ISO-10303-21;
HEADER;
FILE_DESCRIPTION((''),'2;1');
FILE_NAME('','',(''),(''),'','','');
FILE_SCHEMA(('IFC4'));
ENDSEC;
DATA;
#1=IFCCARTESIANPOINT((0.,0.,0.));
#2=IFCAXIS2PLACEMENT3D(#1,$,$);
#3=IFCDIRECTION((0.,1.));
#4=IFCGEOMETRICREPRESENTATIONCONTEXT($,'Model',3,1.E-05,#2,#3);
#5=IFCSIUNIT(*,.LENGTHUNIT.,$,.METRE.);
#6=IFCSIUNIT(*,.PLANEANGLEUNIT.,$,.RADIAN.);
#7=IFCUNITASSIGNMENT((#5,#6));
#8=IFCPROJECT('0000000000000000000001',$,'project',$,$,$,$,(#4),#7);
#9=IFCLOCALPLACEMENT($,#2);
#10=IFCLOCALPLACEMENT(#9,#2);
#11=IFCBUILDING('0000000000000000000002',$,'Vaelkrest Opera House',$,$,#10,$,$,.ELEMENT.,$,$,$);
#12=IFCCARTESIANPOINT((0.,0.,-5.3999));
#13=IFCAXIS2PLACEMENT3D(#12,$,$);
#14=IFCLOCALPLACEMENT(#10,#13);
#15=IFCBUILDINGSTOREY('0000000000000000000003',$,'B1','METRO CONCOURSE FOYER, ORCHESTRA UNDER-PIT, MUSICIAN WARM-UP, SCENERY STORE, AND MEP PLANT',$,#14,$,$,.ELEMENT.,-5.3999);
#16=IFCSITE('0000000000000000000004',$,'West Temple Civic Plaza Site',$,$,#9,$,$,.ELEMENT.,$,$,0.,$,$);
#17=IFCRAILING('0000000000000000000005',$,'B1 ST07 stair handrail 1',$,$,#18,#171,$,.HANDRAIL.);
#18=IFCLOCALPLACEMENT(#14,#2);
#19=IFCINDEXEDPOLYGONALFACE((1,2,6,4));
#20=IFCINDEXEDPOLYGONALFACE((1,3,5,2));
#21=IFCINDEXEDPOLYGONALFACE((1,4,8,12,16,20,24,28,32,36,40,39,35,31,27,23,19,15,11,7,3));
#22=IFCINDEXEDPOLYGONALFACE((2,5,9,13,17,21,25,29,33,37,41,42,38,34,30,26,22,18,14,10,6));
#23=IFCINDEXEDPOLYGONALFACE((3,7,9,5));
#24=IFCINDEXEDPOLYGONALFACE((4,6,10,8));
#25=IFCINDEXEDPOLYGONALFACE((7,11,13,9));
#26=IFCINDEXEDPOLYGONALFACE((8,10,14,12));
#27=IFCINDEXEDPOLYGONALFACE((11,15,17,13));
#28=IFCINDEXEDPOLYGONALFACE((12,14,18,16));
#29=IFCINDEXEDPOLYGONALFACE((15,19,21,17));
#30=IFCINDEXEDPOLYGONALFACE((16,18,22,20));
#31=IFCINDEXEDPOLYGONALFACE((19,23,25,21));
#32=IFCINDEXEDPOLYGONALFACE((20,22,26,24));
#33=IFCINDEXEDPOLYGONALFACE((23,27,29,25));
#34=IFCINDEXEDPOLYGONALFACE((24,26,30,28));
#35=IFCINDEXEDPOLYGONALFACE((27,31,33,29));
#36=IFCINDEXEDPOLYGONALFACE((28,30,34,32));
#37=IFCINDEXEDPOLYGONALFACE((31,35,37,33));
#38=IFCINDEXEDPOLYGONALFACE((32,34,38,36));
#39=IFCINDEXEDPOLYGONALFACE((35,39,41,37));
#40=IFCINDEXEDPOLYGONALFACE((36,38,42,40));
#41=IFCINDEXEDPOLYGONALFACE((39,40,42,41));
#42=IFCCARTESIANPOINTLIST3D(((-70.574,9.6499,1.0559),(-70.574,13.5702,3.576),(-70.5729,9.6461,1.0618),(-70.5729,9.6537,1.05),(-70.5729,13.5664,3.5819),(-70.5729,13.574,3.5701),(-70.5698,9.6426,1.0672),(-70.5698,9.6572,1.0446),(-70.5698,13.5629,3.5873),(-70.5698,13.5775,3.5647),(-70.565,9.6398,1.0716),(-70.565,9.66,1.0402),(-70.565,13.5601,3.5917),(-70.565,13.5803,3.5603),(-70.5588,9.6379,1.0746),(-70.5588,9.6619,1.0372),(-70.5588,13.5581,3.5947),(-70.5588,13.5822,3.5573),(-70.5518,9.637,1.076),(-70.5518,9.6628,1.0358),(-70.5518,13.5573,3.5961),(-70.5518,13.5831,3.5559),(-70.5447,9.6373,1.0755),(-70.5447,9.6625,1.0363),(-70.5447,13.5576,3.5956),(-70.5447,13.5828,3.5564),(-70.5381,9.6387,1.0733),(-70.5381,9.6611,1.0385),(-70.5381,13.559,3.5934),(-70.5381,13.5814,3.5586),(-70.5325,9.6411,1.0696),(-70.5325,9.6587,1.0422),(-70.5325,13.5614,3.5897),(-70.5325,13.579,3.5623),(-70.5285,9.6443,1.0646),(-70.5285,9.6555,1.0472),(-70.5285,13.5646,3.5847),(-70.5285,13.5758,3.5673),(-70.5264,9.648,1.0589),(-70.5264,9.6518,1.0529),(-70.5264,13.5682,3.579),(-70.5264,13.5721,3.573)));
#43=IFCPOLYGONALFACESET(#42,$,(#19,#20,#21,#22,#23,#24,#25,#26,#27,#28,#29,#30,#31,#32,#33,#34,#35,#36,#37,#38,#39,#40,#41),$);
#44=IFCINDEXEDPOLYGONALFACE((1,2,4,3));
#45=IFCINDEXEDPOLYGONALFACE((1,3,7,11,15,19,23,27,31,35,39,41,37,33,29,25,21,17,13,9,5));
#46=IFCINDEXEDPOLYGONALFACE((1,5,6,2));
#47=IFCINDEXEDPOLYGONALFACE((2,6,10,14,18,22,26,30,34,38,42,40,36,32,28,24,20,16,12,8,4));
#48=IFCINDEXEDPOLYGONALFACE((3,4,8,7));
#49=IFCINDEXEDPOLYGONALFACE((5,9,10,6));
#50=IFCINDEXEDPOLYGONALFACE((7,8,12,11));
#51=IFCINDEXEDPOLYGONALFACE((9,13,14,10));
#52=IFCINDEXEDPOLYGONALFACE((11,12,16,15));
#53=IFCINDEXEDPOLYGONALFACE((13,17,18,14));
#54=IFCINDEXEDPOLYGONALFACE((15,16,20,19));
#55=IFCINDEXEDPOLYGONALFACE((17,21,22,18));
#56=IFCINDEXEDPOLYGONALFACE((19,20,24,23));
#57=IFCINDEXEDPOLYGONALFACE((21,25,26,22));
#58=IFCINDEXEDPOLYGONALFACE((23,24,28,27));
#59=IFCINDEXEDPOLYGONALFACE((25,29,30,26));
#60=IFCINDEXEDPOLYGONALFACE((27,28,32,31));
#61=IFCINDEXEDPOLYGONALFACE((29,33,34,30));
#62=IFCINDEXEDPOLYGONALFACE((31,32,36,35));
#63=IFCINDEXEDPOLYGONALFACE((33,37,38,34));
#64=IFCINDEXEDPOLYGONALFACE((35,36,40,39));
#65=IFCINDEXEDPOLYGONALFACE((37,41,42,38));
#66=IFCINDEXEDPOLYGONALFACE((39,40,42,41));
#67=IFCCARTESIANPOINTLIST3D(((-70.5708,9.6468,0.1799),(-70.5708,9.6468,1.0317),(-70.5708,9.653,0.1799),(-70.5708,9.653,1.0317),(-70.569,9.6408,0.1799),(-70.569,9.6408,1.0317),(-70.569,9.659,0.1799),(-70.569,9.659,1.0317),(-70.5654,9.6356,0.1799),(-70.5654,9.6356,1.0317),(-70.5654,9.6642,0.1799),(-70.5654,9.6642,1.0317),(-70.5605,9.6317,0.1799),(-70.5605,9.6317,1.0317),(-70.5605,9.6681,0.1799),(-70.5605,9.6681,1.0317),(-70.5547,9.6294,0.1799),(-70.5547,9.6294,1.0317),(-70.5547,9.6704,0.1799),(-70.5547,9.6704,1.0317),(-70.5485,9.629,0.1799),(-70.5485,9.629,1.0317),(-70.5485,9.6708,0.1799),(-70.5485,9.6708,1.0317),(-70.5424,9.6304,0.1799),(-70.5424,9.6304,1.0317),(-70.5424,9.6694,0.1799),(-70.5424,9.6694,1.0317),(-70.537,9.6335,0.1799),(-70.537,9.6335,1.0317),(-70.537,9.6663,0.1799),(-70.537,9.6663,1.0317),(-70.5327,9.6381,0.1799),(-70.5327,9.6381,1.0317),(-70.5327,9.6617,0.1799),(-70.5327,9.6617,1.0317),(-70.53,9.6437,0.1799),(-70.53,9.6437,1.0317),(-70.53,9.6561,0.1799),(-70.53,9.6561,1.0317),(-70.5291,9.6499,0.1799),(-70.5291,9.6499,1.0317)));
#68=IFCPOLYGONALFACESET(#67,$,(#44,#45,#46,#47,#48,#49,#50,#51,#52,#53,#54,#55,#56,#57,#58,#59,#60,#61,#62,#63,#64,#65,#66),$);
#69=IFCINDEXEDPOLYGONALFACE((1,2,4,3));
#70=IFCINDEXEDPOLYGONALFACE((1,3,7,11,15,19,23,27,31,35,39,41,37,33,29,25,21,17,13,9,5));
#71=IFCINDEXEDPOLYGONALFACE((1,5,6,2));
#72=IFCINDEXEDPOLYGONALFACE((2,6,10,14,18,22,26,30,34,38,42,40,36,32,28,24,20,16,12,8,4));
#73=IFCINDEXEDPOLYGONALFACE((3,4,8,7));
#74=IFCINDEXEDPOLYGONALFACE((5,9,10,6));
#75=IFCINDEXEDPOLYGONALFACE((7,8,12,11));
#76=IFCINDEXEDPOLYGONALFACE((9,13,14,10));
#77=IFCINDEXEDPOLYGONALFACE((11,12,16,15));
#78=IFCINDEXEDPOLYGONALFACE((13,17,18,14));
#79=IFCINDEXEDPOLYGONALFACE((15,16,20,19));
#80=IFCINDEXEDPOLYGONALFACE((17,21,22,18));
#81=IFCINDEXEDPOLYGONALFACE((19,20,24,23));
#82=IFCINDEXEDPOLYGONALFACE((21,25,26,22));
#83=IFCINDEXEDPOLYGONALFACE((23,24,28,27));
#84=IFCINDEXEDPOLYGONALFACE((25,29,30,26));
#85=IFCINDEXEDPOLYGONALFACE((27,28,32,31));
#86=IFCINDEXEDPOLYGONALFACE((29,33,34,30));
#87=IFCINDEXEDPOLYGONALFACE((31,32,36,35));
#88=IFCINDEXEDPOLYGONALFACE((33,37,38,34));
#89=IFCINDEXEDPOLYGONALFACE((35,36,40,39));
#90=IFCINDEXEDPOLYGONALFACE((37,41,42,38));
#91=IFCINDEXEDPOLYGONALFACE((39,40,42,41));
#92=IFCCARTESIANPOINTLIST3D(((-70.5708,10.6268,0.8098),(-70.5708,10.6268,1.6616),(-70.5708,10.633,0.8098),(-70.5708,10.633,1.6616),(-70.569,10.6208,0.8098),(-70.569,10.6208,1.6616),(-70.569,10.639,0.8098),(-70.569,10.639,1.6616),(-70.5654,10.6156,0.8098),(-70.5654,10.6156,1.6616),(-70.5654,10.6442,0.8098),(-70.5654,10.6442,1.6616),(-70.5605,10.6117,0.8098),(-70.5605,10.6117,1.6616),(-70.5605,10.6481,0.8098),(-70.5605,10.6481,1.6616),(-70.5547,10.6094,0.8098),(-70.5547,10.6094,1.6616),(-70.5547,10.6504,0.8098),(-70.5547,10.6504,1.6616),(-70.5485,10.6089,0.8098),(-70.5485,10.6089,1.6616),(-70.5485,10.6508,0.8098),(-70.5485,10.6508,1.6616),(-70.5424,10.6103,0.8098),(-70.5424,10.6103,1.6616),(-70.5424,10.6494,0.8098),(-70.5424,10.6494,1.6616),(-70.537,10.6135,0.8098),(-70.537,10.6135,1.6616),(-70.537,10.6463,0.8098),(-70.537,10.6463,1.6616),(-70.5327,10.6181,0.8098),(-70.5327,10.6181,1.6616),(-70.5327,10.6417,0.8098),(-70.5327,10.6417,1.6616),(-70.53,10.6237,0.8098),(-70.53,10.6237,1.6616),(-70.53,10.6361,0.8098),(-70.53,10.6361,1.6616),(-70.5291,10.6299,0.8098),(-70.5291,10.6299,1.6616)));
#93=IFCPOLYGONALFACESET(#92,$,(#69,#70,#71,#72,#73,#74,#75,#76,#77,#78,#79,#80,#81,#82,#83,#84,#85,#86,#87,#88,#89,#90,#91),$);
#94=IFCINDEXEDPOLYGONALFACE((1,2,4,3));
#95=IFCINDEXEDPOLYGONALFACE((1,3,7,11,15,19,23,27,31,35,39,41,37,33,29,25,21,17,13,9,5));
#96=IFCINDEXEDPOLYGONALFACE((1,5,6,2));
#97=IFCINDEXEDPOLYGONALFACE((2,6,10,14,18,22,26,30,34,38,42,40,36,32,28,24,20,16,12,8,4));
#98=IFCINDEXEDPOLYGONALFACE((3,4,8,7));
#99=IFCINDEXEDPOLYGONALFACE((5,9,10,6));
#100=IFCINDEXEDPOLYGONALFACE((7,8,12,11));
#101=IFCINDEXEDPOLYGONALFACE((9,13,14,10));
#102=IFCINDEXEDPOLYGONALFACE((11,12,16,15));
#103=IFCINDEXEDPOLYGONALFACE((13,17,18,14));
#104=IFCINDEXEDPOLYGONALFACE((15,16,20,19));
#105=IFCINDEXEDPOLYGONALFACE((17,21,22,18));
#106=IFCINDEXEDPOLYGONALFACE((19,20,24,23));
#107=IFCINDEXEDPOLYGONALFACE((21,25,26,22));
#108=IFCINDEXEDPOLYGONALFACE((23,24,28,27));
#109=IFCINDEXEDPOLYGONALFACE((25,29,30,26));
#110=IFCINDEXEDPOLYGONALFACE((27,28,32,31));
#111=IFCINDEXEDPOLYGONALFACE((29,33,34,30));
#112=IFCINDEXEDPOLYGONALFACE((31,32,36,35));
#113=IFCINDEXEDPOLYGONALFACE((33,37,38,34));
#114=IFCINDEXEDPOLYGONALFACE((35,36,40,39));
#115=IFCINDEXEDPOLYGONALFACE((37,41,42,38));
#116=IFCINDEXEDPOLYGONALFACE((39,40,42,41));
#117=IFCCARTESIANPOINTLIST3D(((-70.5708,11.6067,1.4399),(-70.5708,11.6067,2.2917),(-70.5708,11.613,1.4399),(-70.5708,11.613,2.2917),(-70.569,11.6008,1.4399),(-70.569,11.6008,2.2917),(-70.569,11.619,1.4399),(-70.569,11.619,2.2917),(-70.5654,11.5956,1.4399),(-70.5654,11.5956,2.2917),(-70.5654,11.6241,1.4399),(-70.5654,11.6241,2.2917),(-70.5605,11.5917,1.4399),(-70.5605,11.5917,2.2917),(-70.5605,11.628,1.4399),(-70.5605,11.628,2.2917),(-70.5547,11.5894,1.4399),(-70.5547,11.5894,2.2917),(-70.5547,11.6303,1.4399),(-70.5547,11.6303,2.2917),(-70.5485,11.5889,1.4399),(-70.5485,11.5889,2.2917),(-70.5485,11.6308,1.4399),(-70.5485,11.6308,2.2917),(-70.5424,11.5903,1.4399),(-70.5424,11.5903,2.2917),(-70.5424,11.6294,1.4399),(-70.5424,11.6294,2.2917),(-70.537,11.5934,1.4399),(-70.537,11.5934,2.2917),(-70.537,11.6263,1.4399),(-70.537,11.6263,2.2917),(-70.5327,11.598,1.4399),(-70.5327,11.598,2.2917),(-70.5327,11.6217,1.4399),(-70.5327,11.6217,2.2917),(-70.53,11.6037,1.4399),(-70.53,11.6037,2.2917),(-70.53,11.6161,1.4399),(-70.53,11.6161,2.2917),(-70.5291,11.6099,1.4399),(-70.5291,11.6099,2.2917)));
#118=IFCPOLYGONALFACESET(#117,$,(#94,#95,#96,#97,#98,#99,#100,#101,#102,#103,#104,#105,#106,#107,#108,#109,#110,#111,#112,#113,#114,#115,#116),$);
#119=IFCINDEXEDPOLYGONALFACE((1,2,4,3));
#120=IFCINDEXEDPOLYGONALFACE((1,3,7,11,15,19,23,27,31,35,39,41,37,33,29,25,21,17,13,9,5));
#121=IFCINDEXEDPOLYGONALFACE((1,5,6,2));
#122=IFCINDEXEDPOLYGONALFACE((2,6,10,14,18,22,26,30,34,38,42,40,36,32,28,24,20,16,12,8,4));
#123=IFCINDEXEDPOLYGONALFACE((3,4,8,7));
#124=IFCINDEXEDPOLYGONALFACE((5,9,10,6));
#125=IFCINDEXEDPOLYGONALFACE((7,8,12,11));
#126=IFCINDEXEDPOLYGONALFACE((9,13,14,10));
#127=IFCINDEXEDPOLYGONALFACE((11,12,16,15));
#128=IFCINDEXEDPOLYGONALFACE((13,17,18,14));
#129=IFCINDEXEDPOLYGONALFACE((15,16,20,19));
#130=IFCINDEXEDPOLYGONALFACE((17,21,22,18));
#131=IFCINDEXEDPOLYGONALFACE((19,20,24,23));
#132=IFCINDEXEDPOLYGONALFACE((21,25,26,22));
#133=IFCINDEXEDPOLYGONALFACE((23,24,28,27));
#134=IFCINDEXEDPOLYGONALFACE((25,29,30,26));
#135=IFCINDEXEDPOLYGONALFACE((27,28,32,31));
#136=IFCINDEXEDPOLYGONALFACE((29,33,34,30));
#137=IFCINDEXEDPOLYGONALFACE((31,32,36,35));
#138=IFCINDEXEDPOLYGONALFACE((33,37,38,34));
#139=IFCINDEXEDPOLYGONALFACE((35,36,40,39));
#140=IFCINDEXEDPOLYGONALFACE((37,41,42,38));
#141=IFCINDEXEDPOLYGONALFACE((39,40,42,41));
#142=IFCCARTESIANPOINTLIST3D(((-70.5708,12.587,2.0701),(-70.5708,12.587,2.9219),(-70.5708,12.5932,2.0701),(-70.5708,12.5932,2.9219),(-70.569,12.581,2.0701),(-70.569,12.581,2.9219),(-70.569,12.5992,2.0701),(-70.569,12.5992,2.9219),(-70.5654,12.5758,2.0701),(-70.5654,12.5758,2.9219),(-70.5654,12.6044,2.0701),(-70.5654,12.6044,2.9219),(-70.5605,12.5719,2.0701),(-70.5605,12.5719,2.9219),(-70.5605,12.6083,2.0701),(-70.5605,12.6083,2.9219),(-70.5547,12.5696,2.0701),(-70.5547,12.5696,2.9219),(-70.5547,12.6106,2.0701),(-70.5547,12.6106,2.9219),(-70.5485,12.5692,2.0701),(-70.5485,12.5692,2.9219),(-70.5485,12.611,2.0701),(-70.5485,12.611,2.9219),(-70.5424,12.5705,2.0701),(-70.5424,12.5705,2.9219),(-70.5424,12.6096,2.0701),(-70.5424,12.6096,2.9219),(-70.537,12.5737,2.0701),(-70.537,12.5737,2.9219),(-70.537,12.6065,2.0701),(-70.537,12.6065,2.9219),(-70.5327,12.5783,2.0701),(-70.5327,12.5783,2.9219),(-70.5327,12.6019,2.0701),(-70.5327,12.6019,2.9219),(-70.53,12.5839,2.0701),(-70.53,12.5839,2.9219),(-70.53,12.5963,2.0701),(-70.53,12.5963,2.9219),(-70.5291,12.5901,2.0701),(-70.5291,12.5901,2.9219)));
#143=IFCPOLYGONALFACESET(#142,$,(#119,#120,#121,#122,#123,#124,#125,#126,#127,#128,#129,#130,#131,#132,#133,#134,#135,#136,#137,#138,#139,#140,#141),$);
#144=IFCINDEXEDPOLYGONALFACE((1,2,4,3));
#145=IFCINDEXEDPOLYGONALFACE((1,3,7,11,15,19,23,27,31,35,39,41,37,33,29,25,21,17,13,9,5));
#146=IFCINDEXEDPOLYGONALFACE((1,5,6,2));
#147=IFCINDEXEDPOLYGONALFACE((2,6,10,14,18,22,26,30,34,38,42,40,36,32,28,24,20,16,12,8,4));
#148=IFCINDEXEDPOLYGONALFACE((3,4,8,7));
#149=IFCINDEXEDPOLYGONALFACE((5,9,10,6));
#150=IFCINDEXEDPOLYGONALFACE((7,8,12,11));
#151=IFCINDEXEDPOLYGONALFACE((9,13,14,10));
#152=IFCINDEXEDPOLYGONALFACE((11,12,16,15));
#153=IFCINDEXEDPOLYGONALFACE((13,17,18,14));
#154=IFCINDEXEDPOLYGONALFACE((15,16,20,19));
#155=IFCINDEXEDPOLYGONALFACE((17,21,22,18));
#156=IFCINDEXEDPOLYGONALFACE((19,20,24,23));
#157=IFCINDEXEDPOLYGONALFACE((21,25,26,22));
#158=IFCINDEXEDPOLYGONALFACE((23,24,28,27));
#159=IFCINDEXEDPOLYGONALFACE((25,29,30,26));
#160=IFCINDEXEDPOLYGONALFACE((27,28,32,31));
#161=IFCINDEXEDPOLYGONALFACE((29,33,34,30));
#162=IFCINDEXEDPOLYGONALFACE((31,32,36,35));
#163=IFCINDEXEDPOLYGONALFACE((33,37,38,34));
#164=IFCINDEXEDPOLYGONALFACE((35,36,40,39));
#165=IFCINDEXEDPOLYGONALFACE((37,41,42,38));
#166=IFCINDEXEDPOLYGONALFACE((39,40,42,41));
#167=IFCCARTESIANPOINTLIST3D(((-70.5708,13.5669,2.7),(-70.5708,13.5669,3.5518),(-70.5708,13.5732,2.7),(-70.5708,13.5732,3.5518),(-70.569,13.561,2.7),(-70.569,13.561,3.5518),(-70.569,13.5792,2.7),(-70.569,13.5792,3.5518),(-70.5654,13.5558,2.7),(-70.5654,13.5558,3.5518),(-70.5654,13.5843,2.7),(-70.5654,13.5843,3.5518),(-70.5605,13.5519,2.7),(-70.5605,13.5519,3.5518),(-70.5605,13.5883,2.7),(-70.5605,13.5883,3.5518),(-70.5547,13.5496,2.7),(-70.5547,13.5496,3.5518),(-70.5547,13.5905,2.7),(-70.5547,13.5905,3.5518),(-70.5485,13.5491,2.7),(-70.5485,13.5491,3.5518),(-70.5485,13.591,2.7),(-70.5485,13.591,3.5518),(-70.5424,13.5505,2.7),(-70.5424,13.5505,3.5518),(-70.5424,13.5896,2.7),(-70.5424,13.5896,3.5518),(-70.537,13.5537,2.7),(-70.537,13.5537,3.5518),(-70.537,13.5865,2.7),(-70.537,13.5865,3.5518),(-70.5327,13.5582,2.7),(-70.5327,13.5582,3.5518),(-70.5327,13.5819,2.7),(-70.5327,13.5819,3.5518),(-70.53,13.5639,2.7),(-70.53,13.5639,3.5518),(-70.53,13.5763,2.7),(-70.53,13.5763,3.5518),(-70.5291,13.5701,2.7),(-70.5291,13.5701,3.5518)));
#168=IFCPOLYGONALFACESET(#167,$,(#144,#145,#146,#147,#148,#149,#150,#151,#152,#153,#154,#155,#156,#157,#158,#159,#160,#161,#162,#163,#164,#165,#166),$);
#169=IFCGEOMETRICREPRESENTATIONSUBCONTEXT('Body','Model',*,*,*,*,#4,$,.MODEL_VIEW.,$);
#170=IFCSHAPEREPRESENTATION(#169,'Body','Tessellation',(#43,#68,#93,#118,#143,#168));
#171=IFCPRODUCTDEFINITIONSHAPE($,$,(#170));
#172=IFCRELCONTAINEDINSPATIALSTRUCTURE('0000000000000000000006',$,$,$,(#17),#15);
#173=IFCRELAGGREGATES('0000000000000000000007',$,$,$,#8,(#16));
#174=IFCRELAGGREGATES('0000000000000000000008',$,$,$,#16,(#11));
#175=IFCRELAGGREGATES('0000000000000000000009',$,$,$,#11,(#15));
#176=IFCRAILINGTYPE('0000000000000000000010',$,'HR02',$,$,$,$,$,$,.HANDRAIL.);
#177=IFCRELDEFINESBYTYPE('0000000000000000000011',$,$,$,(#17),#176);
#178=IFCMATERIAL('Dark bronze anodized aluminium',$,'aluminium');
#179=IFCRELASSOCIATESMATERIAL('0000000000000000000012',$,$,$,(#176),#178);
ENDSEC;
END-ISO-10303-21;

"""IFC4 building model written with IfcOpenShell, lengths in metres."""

from ifc_helpers import new_model, si_unit, direction, frame, origin, origin_2d, place, context, subcontext, project, spatial, circle, extrude, material, type_object, element, save


model = new_model("IFC4")

# Units and contexts
model_context = context("Model", 3, precision=1e-05, world=origin(), true_north=direction((0.0, 1.0)))
body_context = subcontext(model_context, "Body", "Model", "MODEL_VIEW")
ifc_project = project(units=[si_unit("LENGTHUNIT", "METRE"), si_unit("PLANEANGLEUNIT", "RADIAN")], contexts=[model_context])

# Site, building, storey
site_placement = place(None, origin())
site = spatial("IfcSite", under=ifc_project, at=site_placement, Name="West Temple Civic Plaza Site", CompositionType="ELEMENT", RefElevation=0.0)
building_placement = place(site_placement, origin())
building = spatial("IfcBuilding", under=site, at=building_placement, Name="Vaelkrest Opera House", CompositionType="ELEMENT")
storey_placement = place(building_placement, frame((0.0, 0.0, -5.3999)))
storey = spatial("IfcBuildingStorey", under=building, at=storey_placement, Name="B1", Description="METRO CONCOURSE FOYER, ORCHESTRA UNDER-PIT, MUSICIAN WARM-UP, SCENERY STORE, AND MEP PLANT", CompositionType="ELEMENT", Elevation=-5.3999)

# Railing
ifc_material_1 = material(Name="Dark bronze anodized aluminium", Category="aluminium")
railing_type_1 = type_object("IfcRailingType", Name="HR02", PredefinedType="HANDRAIL", material=ifc_material_1)
railing_1_placement = place(storey_placement, frame((-70.55, 9.6499, 0.1799)))
element("IfcRailing", 1, at=railing_1_placement, inside=storey, type_object=railing_type_1, Name="B1 ST07 stair handrail 1", PredefinedType="HANDRAIL", context=body_context, shape_type="SweptSolid", body=[
    extrude(circle(Radius=0.0239, at=origin_2d()), frame((0.0, 0.0, 0.876), z_axis=(0.0, 0.841187, 0.540744), x_axis=(-1.0, 0.0, 0.0)), (0.0, 0.0, 1.0), 4.6604),
    extrude(circle(Radius=0.021, at=origin_2d()), origin(), (0.0, 0.0, 1.0), 0.8518),
    extrude(circle(Radius=0.021, at=origin_2d()), frame((0.0, 0.98, 0.6299)), (0.0, 0.0, 1.0), 0.8518),
    extrude(circle(Radius=0.021, at=origin_2d()), frame((0.0, 1.96, 1.26)), (0.0, 0.0, 1.0), 0.8518),
    extrude(circle(Radius=0.021, at=origin_2d()), frame((0.0, 2.9402, 1.8901)), (0.0, 0.0, 1.0), 0.8518),
    extrude(circle(Radius=0.021, at=origin_2d()), frame((0.0, 3.9202, 2.52)), (0.0, 0.0, 1.0), 0.8518),
])

save(model, "model.ifc")
